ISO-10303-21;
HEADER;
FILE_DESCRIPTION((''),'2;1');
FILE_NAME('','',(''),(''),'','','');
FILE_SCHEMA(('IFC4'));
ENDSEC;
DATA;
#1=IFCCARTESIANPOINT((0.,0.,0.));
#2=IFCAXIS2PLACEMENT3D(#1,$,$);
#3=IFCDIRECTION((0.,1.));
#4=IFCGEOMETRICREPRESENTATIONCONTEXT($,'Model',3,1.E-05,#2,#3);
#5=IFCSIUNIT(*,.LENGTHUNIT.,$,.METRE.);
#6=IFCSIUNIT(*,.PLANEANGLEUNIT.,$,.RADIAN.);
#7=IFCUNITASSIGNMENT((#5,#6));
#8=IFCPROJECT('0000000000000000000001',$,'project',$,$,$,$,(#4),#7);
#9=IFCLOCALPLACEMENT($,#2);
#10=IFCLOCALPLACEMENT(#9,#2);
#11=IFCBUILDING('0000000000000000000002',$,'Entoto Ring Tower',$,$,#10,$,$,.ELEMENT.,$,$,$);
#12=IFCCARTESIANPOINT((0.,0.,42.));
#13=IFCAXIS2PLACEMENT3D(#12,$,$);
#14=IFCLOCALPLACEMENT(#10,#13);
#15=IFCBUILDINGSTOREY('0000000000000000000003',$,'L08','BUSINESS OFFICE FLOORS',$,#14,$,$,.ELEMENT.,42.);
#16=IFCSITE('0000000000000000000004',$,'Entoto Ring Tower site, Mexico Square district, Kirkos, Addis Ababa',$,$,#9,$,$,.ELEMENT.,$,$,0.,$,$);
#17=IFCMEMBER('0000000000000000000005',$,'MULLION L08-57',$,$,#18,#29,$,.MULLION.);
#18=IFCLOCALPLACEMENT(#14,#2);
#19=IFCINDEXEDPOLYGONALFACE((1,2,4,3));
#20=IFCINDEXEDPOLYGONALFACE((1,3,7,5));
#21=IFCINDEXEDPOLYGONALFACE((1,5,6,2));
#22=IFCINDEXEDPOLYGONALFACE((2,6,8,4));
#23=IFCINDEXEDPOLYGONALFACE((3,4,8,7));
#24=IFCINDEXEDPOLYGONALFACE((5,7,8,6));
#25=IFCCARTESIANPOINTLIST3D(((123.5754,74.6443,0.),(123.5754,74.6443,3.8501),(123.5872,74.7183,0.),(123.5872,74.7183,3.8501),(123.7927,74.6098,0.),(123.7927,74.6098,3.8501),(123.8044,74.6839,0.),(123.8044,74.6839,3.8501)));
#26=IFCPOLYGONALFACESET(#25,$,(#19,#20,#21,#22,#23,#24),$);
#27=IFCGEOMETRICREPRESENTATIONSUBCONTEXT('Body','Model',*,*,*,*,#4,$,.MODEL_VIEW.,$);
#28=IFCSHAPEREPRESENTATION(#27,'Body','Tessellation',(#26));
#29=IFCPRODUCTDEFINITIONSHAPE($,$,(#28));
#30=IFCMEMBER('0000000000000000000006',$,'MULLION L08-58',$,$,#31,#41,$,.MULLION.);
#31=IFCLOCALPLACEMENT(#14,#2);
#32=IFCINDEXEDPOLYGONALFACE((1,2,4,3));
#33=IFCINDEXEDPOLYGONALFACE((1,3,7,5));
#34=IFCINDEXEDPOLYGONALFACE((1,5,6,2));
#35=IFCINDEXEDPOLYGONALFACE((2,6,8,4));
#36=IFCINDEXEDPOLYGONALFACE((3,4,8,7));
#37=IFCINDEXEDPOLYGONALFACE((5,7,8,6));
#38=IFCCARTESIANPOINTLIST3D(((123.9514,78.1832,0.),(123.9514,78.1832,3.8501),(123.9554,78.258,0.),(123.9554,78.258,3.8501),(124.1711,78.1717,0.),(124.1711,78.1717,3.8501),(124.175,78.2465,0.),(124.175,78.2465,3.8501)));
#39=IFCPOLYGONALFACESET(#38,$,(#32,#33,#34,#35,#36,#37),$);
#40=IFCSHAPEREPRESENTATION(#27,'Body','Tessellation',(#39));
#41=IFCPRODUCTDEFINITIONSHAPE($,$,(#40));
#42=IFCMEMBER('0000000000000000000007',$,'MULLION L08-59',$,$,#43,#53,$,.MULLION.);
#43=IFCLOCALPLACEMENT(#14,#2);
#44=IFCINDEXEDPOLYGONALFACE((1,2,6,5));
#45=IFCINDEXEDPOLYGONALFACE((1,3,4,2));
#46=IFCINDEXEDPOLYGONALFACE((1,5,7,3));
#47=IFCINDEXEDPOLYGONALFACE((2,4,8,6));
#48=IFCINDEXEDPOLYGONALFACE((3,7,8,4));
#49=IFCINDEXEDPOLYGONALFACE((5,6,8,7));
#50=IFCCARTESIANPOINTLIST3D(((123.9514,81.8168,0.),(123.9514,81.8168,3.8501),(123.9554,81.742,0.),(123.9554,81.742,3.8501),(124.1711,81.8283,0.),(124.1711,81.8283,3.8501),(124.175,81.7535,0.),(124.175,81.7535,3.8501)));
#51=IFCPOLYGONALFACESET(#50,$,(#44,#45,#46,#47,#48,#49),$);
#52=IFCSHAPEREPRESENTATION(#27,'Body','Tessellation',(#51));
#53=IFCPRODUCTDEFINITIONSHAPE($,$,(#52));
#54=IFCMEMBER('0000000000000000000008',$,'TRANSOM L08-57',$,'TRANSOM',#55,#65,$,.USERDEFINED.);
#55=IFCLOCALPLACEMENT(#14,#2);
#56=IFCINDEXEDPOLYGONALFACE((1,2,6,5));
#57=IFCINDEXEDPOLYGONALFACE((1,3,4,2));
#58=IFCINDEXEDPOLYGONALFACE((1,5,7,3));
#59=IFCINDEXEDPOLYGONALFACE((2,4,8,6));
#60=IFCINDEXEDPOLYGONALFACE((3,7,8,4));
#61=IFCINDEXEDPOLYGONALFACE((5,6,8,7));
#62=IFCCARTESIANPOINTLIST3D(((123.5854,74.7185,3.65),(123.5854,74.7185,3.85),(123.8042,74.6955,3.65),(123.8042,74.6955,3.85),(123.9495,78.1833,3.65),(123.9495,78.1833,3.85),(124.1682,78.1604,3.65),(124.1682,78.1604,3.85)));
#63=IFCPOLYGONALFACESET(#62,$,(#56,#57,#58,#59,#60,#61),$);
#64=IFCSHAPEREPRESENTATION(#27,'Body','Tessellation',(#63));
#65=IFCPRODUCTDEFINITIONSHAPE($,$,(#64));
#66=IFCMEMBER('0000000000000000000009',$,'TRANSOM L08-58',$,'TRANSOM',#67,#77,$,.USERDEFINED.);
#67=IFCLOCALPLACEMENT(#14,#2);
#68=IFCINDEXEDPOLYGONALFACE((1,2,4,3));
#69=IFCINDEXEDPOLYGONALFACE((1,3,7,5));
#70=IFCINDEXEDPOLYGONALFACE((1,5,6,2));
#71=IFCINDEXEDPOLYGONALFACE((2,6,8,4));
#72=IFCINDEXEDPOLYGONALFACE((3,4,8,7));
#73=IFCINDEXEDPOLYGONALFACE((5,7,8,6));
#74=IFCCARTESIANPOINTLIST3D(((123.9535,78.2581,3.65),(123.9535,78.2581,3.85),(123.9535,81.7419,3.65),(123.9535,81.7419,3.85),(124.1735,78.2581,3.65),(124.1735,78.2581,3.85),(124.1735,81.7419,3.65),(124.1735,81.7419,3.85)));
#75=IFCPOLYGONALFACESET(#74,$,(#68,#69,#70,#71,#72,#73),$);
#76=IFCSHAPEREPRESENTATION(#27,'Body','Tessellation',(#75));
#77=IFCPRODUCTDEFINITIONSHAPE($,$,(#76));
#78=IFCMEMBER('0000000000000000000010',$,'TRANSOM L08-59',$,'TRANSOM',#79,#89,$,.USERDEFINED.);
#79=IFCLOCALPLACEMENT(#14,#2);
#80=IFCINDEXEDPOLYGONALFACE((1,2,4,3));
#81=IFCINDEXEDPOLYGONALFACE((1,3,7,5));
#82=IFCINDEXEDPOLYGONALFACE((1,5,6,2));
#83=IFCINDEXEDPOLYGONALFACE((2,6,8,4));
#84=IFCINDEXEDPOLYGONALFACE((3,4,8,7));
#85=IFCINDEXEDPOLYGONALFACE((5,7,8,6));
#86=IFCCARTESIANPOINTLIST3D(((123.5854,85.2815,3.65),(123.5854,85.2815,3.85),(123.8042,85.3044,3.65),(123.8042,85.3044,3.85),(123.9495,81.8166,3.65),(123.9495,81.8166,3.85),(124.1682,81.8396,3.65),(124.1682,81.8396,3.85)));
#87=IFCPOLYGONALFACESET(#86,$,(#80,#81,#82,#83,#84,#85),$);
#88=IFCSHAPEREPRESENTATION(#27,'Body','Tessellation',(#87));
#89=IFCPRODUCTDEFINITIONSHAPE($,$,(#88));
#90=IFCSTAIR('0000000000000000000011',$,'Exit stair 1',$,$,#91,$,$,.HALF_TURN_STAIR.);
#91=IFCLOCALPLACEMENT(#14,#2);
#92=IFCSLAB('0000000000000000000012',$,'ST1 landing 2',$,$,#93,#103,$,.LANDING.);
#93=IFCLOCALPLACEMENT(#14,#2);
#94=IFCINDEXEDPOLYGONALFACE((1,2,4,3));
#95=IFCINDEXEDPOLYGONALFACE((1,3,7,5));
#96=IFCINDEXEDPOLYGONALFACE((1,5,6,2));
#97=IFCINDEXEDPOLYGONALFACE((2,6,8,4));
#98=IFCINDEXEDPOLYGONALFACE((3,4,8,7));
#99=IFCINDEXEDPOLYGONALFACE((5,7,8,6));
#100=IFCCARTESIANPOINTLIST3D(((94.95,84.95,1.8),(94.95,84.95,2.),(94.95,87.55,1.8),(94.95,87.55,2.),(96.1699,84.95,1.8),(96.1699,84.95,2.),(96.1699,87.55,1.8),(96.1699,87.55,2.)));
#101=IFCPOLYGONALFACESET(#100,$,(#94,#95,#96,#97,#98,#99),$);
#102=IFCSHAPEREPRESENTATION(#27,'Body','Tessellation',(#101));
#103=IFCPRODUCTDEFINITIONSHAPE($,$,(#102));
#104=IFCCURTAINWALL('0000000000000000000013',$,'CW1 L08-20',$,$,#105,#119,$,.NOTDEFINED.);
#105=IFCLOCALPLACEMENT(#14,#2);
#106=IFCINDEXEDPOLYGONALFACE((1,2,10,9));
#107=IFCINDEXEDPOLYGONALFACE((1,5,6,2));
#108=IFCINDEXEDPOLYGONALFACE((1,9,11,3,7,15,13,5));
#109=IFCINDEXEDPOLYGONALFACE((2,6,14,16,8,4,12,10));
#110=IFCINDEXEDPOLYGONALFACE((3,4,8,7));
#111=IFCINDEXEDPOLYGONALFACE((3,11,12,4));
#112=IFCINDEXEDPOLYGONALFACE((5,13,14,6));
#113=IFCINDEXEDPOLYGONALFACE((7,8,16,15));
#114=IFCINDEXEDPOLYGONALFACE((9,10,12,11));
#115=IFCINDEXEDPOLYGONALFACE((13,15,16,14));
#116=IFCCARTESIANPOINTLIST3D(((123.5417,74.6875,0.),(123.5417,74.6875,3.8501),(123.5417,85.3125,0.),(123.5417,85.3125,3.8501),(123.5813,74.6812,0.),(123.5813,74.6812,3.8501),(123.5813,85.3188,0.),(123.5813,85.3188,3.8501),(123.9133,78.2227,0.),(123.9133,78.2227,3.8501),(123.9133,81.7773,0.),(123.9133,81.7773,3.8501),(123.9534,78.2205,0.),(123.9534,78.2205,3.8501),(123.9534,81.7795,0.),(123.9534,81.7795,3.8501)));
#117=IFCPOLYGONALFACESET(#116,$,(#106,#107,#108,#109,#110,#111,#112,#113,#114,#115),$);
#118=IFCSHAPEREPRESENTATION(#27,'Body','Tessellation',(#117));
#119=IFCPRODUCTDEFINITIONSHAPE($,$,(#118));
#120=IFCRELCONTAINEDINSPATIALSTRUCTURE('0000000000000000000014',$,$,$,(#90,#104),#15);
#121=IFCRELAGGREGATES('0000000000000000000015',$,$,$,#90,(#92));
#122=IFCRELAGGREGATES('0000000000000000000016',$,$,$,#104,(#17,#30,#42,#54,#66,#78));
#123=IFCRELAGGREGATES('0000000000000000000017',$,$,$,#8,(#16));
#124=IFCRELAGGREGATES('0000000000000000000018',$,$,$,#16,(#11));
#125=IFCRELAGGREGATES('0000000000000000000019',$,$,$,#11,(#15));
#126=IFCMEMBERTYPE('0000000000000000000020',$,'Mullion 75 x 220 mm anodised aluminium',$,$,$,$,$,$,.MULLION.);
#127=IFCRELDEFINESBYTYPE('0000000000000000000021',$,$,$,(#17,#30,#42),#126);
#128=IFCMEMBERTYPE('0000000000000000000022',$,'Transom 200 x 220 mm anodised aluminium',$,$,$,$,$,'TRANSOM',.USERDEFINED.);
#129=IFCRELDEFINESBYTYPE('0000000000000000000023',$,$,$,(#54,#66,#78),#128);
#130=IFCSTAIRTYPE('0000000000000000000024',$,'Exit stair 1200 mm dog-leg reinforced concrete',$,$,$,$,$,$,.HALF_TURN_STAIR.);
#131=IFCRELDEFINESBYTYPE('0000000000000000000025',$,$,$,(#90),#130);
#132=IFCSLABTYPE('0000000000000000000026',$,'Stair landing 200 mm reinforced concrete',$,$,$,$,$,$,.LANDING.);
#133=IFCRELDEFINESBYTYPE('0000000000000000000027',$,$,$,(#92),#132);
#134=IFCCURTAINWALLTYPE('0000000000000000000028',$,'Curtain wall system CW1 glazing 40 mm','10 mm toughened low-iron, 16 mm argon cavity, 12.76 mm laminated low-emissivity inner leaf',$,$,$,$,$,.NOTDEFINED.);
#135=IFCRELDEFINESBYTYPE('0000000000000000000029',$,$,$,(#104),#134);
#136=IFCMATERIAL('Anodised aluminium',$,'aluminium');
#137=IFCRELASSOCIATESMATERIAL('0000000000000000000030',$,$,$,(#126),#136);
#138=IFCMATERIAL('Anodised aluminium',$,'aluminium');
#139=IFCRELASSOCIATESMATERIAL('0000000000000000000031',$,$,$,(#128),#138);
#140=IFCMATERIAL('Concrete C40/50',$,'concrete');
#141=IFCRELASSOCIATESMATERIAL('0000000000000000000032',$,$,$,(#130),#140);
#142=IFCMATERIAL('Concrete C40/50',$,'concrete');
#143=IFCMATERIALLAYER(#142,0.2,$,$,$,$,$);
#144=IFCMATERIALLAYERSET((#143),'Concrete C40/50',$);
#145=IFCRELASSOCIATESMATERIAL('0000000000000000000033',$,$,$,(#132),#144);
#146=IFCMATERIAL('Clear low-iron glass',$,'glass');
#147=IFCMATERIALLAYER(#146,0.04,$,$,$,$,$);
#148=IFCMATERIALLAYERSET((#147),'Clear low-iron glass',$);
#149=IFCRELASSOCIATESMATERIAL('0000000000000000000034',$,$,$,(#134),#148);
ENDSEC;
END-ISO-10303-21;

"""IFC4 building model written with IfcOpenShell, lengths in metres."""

from ifc_helpers import new_model, si_unit, direction, frame, origin, origin_2d, place, context, subcontext, project, spatial, polyline, rectangle, outline, extrude, material, layer, layer_set, material_profile, profile_set, type_object, element, aggregate, save


model = new_model("IFC4")

# Units and contexts
model_context = context("Model", 3, precision=1e-05, world=origin(), true_north=direction((0.0, 1.0)))
body_context = subcontext(model_context, "Body", "Model", "MODEL_VIEW")
ifc_project = project(units=[si_unit("LENGTHUNIT", "METRE"), si_unit("PLANEANGLEUNIT", "RADIAN")], contexts=[model_context])

# Members
ifc_material_1 = material(Name="Anodised aluminium", Category="aluminium")
ifc_material_profile_1 = material_profile(ifc_material_1, rectangle(XDim=0.075, YDim=0.22, at=origin_2d()), Name="Mullion 75 x 220 mm anodised aluminium")
ifc_profile_set_1 = profile_set([ifc_material_profile_1], Name="Anodised aluminium")
member_type_1 = type_object("IfcMemberType", Name="Mullion 75 x 220 mm anodised aluminium", PredefinedType="MULLION", material=ifc_profile_set_1)
site_placement = place(None, origin())
building_placement = place(site_placement, origin())
storey_placement = place(building_placement, frame((0.0, 0.0, 42.0)))
member_1_placement = place(storey_placement, frame((123.6899, 74.6641, 0.0), z_axis=(0.0, 0.0, 1.0), x_axis=(0.156434, 0.987688, 0.0)))
member_1 = element("IfcMember", 1, at=member_1_placement, type_object=member_type_1, Name="MULLION L08-57", PredefinedType="MULLION", context=body_context, shape_type="SweptSolid", body=[
    extrude(rectangle(XDim=0.075, YDim=0.22, at=origin_2d()), origin(), (0.0, 0.0, 1.0), 3.8501),
])
member_2_placement = place(storey_placement, frame((124.0632, 78.2148, 0.0), z_axis=(0.0, 0.0, 1.0), x_axis=(0.052336, 0.99863, 0.0)))
member_2 = element("IfcMember", 2, at=member_2_placement, type_object=member_type_1, Name="MULLION L08-58", PredefinedType="MULLION", context=body_context, shape_type="SweptSolid", body=[
    extrude(rectangle(XDim=0.075, YDim=0.22, at=origin_2d()), origin(), (0.0, 0.0, 1.0), 3.8501),
])
member_3_placement = place(storey_placement, frame((124.0632, 81.7852, 0.0), z_axis=(0.0, 0.0, 1.0), x_axis=(-0.052336, 0.99863, 0.0)))
member_3 = element("IfcMember", 3, at=member_3_placement, type_object=member_type_1, Name="MULLION L08-59", PredefinedType="MULLION", context=body_context, shape_type="SweptSolid", body=[
    extrude(rectangle(XDim=0.075, YDim=0.22, at=origin_2d()), origin(), (0.0, 0.0, 1.0), 3.8501),
])
ifc_material_2 = material(Name="Anodised aluminium", Category="aluminium")
ifc_material_profile_2 = material_profile(ifc_material_2, rectangle(XDim=0.22, YDim=0.2, at=origin_2d()), Name="Transom 200 x 220 mm anodised aluminium")
ifc_profile_set_2 = profile_set([ifc_material_profile_2], Name="Anodised aluminium")
member_type_2 = type_object("IfcMemberType", Name="Transom 200 x 220 mm anodised aluminium", ElementType="TRANSOM", PredefinedType="USERDEFINED", material=ifc_profile_set_2)
member_4_placement = place(storey_placement, frame((123.6948, 74.707, 3.75), z_axis=(0.104484, 0.994527, 0.0), x_axis=(-0.994527, 0.104484, 0.0)))
member_4 = element("IfcMember", 4, at=member_4_placement, type_object=member_type_2, Name="TRANSOM L08-57", ObjectType="TRANSOM", PredefinedType="USERDEFINED", context=body_context, shape_type="SweptSolid", body=[
    extrude(rectangle(XDim=0.22, YDim=0.2, at=origin_2d()), origin(), (0.0, 0.0, 1.0), 3.4839),
])
member_5_placement = place(storey_placement, frame((124.0635, 78.2581, 3.75), z_axis=(0.0, 1.0, 0.0), x_axis=(-1.0, 0.0, 0.0)))
member_5 = element("IfcMember", 5, at=member_5_placement, type_object=member_type_2, Name="TRANSOM L08-58", ObjectType="TRANSOM", PredefinedType="USERDEFINED", context=body_context, shape_type="SweptSolid", body=[
    extrude(rectangle(XDim=0.22, YDim=0.2, at=origin_2d()), origin(), (0.0, 0.0, 1.0), 3.4839),
])
member_6_placement = place(storey_placement, frame((124.0588, 81.8281, 3.75), z_axis=(-0.104484, 0.994527, 0.0), x_axis=(-0.994527, -0.104484, 0.0)))
member_6 = element("IfcMember", 6, at=member_6_placement, type_object=member_type_2, Name="TRANSOM L08-59", ObjectType="TRANSOM", PredefinedType="USERDEFINED", context=body_context, shape_type="SweptSolid", body=[
    extrude(rectangle(XDim=0.22, YDim=0.2, at=origin_2d()), origin(), (0.0, 0.0, 1.0), 3.4839),
])

# Site, building, storey
site = spatial("IfcSite", under=ifc_project, at=site_placement, Name="Entoto Ring Tower site, Mexico Square district, Kirkos, Addis Ababa", CompositionType="ELEMENT", RefElevation=0.0)
building = spatial("IfcBuilding", under=site, at=building_placement, Name="Entoto Ring Tower", CompositionType="ELEMENT")
storey = spatial("IfcBuildingStorey", under=building, at=storey_placement, Name="L08", Description="BUSINESS OFFICE FLOORS", CompositionType="ELEMENT", Elevation=42.0)

# Stair, slab
ifc_material_3 = material(Name="Concrete C40/50", Category="concrete")
stair_type = type_object("IfcStairType", Name="Exit stair 1200 mm dog-leg reinforced concrete", PredefinedType="HALF_TURN_STAIR", material=ifc_material_3)
stair_placement = place(storey_placement, origin())
stair = element("IfcStair", 7, at=stair_placement, inside=storey, type_object=stair_type, Name="Exit stair 1", PredefinedType="HALF_TURN_STAIR")
ifc_material_4 = material(Name="Concrete C40/50", Category="concrete")
ifc_layer_1 = layer(ifc_material_4, 0.2)
ifc_layer_set_1 = layer_set([ifc_layer_1], Name="Concrete C40/50")
slab_type = type_object("IfcSlabType", Name="Stair landing 200 mm reinforced concrete", PredefinedType="LANDING", material=ifc_layer_set_1)
slab_placement = place(storey_placement, frame((0.0, 0.0, 1.8)))
slab = element("IfcSlab", 8, at=slab_placement, type_object=slab_type, Name="ST1 landing 2", PredefinedType="LANDING", context=body_context, shape_type="SweptSolid", body=[
    extrude(outline(polyline([(94.95, 84.95), (96.1699, 84.95), (96.1699, 87.55), (94.95, 87.55), (94.95, 84.95)])), origin(), (0.0, 0.0, 1.0), 0.2),
])
aggregate(stair, [slab])

# Curtain wall
ifc_material_5 = material(Name="Clear low-iron glass", Category="glass")
ifc_layer_2 = layer(ifc_material_5, 0.04)
ifc_layer_set_2 = layer_set([ifc_layer_2], Name="Clear low-iron glass")
curtain_wall_type = type_object("IfcCurtainWallType", Name="Curtain wall system CW1 glazing 40 mm", Description="10 mm toughened low-iron, 16 mm argon cavity, 12.76 mm laminated low-emissivity inner leaf", PredefinedType="NOTDEFINED", material=ifc_layer_set_2)
curtain_wall_1_placement = place(storey_placement, origin())
curtain_wall_1 = element("IfcCurtainWall", 9, at=curtain_wall_1_placement, inside=storey, type_object=curtain_wall_type, Name="CW1 L08-20", PredefinedType="NOTDEFINED", context=body_context, shape_type="SweptSolid", body=[
    extrude(outline(polyline([(123.5813, 74.6812), (123.9534, 78.2205), (123.9534, 81.7795), (123.5813, 85.3188), (123.5417, 85.3125), (123.9133, 81.7773), (123.9133, 78.2227), (123.5417, 74.6875), (123.5813, 74.6812)])), origin(), (0.0, 0.0, 1.0), 3.8501),
])
aggregate(curtain_wall_1, [member_1, member_2, member_3, member_4, member_5, member_6])

save(model, "model.ifc")
